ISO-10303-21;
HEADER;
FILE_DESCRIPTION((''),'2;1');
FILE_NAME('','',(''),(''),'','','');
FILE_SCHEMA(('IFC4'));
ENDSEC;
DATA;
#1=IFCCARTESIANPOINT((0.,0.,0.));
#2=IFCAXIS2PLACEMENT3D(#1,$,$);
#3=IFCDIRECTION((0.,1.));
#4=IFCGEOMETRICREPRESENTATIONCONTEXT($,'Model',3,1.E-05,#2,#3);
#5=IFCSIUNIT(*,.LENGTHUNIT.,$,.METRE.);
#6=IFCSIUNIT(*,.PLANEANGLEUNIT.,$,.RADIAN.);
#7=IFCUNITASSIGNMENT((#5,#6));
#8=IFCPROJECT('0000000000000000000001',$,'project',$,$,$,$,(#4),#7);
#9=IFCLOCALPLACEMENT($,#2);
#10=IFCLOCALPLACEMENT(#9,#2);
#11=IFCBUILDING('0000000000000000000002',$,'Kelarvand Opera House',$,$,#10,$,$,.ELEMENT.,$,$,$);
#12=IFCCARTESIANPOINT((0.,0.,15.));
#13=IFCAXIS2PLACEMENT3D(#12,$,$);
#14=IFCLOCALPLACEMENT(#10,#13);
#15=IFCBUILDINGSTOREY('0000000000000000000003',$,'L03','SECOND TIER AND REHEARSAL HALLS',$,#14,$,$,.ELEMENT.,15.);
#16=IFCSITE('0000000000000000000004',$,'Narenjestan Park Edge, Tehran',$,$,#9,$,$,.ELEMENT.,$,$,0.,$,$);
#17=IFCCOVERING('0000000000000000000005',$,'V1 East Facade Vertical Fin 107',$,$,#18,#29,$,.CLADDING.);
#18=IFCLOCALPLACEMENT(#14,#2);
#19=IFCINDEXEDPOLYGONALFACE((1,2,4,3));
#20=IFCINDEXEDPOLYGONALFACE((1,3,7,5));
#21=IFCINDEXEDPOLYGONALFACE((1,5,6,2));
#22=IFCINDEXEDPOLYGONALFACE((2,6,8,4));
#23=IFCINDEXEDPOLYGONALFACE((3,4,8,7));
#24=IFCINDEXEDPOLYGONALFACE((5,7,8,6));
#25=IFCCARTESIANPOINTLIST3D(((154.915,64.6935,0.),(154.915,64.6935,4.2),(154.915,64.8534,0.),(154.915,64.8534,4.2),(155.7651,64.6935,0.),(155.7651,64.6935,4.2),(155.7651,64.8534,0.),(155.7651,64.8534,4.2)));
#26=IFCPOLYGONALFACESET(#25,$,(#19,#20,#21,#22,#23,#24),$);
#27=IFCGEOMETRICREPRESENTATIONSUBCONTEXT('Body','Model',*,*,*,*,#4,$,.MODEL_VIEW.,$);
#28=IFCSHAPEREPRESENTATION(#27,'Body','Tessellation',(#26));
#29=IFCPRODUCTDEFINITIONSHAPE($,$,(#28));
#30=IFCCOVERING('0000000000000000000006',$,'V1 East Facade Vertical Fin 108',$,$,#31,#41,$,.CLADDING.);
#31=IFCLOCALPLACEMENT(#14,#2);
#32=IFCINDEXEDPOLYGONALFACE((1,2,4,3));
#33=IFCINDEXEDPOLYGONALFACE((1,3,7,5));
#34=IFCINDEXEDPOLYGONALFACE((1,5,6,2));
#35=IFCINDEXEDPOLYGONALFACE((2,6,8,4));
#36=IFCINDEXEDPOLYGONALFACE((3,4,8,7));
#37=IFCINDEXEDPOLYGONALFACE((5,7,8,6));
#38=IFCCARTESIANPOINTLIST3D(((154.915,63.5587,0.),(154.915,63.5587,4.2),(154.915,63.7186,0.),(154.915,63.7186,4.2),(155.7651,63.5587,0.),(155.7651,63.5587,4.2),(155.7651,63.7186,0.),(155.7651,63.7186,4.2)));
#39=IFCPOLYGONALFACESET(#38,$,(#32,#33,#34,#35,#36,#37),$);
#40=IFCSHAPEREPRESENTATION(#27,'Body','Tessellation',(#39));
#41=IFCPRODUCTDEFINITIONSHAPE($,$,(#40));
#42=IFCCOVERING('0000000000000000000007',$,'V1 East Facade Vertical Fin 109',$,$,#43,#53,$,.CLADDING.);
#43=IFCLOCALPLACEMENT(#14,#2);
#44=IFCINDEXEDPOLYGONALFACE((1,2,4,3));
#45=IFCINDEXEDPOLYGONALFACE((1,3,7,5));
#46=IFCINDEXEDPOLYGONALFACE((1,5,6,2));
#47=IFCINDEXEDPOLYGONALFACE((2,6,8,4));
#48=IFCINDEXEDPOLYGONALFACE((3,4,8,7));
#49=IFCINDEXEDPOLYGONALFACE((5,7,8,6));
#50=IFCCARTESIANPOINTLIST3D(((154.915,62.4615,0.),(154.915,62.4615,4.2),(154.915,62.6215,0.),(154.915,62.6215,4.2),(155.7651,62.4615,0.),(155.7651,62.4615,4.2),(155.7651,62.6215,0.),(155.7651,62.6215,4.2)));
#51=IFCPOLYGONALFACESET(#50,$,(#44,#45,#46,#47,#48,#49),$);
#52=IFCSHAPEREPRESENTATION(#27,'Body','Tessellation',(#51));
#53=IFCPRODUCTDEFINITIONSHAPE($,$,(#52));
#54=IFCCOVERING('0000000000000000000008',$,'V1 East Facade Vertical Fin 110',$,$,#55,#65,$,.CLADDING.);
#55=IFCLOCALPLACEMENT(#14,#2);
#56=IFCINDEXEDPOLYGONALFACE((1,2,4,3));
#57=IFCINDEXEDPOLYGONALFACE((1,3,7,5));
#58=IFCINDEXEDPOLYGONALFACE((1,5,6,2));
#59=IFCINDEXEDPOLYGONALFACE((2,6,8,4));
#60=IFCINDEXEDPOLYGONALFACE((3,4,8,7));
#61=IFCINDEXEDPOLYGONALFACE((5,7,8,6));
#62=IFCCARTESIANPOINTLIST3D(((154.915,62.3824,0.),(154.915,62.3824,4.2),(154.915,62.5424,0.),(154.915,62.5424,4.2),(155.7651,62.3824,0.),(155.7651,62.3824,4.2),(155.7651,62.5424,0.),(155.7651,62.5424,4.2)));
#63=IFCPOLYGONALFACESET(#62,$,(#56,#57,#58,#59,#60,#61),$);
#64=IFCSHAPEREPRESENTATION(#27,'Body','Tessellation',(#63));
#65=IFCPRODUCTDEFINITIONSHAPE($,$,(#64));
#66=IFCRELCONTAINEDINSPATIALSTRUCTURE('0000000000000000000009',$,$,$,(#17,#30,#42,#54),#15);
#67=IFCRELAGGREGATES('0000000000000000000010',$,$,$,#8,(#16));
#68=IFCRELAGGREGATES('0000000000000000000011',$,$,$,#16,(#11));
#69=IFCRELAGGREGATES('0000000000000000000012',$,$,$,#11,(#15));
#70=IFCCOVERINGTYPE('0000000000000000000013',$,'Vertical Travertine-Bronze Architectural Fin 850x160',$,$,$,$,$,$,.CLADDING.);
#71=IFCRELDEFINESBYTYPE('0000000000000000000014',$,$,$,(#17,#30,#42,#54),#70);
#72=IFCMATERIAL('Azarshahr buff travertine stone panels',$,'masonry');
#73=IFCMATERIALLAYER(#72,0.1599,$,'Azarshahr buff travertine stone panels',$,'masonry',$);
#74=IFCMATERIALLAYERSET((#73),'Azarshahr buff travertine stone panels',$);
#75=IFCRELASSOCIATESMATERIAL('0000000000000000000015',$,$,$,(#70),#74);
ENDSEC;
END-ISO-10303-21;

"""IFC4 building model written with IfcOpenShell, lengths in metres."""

from ifc_helpers import new_model, si_unit, direction, frame, origin, origin_2d, place, context, subcontext, project, spatial, rectangle, extrude, material, layer, layer_set, type_object, element, save


model = new_model("IFC4")

# Units and contexts
model_context = context("Model", 3, precision=1e-05, world=origin(), true_north=direction((0.0, 1.0)))
body_context = subcontext(model_context, "Body", "Model", "MODEL_VIEW")
ifc_project = project(units=[si_unit("LENGTHUNIT", "METRE"), si_unit("PLANEANGLEUNIT", "RADIAN")], contexts=[model_context])

# Site, building, storey
site_placement = place(None, origin())
site = spatial("IfcSite", under=ifc_project, at=site_placement, Name="Narenjestan Park Edge, Tehran", CompositionType="ELEMENT", RefElevation=0.0)
building_placement = place(site_placement, origin())
building = spatial("IfcBuilding", under=site, at=building_placement, Name="Kelarvand Opera House", CompositionType="ELEMENT")
storey_placement = place(building_placement, frame((0.0, 0.0, 15.0)))
storey = spatial("IfcBuildingStorey", under=building, at=storey_placement, Name="L03", Description="SECOND TIER AND REHEARSAL HALLS", CompositionType="ELEMENT", Elevation=15.0)

# Coverings
ifc_material_1 = material(Name="Azarshahr buff travertine stone panels", Category="masonry")
ifc_layer_1 = layer(ifc_material_1, 0.1599, Name="Azarshahr buff travertine stone panels", Category="masonry")
ifc_layer_set_1 = layer_set([ifc_layer_1], Name="Azarshahr buff travertine stone panels")
covering_type = type_object("IfcCoveringType", Name="Vertical Travertine-Bronze Architectural Fin 850x160", PredefinedType="CLADDING", material=ifc_layer_set_1)
for number, where, z_axis, x_axis, name in (
    (1, (155.3401, 64.7734, 0.0), (0.0, 0.0, 1.0), (1.0, 0.0, 0.0), "V1 East Facade Vertical Fin 107"),
    (2, (155.3401, 63.6387, 0.0), (0.0, 0.0, 1.0), (1.0, 0.0, 0.0), "V1 East Facade Vertical Fin 108"),
    (3, (155.3401, 62.5415, 0.0), (0.0, 0.0, 1.0), (1.0, 0.0, 0.0), "V1 East Facade Vertical Fin 109"),
    (4, (155.3401, 62.4624, 0.0), (0.0, 0.0, 1.0), (1.0, 0.0, 0.0), "V1 East Facade Vertical Fin 110"),
):
    element("IfcCovering", number, at=place(storey_placement, frame(where, z_axis=z_axis, x_axis=x_axis)), inside=storey, type_object=covering_type, Name=name, PredefinedType="CLADDING", context=body_context, shape_type="SweptSolid", body=[
        extrude(rectangle(XDim=0.8501, YDim=0.1599, at=origin_2d()), origin(), (0.0, 0.0, 1.0), 4.2),
    ])

save(model, "model.ifc")
